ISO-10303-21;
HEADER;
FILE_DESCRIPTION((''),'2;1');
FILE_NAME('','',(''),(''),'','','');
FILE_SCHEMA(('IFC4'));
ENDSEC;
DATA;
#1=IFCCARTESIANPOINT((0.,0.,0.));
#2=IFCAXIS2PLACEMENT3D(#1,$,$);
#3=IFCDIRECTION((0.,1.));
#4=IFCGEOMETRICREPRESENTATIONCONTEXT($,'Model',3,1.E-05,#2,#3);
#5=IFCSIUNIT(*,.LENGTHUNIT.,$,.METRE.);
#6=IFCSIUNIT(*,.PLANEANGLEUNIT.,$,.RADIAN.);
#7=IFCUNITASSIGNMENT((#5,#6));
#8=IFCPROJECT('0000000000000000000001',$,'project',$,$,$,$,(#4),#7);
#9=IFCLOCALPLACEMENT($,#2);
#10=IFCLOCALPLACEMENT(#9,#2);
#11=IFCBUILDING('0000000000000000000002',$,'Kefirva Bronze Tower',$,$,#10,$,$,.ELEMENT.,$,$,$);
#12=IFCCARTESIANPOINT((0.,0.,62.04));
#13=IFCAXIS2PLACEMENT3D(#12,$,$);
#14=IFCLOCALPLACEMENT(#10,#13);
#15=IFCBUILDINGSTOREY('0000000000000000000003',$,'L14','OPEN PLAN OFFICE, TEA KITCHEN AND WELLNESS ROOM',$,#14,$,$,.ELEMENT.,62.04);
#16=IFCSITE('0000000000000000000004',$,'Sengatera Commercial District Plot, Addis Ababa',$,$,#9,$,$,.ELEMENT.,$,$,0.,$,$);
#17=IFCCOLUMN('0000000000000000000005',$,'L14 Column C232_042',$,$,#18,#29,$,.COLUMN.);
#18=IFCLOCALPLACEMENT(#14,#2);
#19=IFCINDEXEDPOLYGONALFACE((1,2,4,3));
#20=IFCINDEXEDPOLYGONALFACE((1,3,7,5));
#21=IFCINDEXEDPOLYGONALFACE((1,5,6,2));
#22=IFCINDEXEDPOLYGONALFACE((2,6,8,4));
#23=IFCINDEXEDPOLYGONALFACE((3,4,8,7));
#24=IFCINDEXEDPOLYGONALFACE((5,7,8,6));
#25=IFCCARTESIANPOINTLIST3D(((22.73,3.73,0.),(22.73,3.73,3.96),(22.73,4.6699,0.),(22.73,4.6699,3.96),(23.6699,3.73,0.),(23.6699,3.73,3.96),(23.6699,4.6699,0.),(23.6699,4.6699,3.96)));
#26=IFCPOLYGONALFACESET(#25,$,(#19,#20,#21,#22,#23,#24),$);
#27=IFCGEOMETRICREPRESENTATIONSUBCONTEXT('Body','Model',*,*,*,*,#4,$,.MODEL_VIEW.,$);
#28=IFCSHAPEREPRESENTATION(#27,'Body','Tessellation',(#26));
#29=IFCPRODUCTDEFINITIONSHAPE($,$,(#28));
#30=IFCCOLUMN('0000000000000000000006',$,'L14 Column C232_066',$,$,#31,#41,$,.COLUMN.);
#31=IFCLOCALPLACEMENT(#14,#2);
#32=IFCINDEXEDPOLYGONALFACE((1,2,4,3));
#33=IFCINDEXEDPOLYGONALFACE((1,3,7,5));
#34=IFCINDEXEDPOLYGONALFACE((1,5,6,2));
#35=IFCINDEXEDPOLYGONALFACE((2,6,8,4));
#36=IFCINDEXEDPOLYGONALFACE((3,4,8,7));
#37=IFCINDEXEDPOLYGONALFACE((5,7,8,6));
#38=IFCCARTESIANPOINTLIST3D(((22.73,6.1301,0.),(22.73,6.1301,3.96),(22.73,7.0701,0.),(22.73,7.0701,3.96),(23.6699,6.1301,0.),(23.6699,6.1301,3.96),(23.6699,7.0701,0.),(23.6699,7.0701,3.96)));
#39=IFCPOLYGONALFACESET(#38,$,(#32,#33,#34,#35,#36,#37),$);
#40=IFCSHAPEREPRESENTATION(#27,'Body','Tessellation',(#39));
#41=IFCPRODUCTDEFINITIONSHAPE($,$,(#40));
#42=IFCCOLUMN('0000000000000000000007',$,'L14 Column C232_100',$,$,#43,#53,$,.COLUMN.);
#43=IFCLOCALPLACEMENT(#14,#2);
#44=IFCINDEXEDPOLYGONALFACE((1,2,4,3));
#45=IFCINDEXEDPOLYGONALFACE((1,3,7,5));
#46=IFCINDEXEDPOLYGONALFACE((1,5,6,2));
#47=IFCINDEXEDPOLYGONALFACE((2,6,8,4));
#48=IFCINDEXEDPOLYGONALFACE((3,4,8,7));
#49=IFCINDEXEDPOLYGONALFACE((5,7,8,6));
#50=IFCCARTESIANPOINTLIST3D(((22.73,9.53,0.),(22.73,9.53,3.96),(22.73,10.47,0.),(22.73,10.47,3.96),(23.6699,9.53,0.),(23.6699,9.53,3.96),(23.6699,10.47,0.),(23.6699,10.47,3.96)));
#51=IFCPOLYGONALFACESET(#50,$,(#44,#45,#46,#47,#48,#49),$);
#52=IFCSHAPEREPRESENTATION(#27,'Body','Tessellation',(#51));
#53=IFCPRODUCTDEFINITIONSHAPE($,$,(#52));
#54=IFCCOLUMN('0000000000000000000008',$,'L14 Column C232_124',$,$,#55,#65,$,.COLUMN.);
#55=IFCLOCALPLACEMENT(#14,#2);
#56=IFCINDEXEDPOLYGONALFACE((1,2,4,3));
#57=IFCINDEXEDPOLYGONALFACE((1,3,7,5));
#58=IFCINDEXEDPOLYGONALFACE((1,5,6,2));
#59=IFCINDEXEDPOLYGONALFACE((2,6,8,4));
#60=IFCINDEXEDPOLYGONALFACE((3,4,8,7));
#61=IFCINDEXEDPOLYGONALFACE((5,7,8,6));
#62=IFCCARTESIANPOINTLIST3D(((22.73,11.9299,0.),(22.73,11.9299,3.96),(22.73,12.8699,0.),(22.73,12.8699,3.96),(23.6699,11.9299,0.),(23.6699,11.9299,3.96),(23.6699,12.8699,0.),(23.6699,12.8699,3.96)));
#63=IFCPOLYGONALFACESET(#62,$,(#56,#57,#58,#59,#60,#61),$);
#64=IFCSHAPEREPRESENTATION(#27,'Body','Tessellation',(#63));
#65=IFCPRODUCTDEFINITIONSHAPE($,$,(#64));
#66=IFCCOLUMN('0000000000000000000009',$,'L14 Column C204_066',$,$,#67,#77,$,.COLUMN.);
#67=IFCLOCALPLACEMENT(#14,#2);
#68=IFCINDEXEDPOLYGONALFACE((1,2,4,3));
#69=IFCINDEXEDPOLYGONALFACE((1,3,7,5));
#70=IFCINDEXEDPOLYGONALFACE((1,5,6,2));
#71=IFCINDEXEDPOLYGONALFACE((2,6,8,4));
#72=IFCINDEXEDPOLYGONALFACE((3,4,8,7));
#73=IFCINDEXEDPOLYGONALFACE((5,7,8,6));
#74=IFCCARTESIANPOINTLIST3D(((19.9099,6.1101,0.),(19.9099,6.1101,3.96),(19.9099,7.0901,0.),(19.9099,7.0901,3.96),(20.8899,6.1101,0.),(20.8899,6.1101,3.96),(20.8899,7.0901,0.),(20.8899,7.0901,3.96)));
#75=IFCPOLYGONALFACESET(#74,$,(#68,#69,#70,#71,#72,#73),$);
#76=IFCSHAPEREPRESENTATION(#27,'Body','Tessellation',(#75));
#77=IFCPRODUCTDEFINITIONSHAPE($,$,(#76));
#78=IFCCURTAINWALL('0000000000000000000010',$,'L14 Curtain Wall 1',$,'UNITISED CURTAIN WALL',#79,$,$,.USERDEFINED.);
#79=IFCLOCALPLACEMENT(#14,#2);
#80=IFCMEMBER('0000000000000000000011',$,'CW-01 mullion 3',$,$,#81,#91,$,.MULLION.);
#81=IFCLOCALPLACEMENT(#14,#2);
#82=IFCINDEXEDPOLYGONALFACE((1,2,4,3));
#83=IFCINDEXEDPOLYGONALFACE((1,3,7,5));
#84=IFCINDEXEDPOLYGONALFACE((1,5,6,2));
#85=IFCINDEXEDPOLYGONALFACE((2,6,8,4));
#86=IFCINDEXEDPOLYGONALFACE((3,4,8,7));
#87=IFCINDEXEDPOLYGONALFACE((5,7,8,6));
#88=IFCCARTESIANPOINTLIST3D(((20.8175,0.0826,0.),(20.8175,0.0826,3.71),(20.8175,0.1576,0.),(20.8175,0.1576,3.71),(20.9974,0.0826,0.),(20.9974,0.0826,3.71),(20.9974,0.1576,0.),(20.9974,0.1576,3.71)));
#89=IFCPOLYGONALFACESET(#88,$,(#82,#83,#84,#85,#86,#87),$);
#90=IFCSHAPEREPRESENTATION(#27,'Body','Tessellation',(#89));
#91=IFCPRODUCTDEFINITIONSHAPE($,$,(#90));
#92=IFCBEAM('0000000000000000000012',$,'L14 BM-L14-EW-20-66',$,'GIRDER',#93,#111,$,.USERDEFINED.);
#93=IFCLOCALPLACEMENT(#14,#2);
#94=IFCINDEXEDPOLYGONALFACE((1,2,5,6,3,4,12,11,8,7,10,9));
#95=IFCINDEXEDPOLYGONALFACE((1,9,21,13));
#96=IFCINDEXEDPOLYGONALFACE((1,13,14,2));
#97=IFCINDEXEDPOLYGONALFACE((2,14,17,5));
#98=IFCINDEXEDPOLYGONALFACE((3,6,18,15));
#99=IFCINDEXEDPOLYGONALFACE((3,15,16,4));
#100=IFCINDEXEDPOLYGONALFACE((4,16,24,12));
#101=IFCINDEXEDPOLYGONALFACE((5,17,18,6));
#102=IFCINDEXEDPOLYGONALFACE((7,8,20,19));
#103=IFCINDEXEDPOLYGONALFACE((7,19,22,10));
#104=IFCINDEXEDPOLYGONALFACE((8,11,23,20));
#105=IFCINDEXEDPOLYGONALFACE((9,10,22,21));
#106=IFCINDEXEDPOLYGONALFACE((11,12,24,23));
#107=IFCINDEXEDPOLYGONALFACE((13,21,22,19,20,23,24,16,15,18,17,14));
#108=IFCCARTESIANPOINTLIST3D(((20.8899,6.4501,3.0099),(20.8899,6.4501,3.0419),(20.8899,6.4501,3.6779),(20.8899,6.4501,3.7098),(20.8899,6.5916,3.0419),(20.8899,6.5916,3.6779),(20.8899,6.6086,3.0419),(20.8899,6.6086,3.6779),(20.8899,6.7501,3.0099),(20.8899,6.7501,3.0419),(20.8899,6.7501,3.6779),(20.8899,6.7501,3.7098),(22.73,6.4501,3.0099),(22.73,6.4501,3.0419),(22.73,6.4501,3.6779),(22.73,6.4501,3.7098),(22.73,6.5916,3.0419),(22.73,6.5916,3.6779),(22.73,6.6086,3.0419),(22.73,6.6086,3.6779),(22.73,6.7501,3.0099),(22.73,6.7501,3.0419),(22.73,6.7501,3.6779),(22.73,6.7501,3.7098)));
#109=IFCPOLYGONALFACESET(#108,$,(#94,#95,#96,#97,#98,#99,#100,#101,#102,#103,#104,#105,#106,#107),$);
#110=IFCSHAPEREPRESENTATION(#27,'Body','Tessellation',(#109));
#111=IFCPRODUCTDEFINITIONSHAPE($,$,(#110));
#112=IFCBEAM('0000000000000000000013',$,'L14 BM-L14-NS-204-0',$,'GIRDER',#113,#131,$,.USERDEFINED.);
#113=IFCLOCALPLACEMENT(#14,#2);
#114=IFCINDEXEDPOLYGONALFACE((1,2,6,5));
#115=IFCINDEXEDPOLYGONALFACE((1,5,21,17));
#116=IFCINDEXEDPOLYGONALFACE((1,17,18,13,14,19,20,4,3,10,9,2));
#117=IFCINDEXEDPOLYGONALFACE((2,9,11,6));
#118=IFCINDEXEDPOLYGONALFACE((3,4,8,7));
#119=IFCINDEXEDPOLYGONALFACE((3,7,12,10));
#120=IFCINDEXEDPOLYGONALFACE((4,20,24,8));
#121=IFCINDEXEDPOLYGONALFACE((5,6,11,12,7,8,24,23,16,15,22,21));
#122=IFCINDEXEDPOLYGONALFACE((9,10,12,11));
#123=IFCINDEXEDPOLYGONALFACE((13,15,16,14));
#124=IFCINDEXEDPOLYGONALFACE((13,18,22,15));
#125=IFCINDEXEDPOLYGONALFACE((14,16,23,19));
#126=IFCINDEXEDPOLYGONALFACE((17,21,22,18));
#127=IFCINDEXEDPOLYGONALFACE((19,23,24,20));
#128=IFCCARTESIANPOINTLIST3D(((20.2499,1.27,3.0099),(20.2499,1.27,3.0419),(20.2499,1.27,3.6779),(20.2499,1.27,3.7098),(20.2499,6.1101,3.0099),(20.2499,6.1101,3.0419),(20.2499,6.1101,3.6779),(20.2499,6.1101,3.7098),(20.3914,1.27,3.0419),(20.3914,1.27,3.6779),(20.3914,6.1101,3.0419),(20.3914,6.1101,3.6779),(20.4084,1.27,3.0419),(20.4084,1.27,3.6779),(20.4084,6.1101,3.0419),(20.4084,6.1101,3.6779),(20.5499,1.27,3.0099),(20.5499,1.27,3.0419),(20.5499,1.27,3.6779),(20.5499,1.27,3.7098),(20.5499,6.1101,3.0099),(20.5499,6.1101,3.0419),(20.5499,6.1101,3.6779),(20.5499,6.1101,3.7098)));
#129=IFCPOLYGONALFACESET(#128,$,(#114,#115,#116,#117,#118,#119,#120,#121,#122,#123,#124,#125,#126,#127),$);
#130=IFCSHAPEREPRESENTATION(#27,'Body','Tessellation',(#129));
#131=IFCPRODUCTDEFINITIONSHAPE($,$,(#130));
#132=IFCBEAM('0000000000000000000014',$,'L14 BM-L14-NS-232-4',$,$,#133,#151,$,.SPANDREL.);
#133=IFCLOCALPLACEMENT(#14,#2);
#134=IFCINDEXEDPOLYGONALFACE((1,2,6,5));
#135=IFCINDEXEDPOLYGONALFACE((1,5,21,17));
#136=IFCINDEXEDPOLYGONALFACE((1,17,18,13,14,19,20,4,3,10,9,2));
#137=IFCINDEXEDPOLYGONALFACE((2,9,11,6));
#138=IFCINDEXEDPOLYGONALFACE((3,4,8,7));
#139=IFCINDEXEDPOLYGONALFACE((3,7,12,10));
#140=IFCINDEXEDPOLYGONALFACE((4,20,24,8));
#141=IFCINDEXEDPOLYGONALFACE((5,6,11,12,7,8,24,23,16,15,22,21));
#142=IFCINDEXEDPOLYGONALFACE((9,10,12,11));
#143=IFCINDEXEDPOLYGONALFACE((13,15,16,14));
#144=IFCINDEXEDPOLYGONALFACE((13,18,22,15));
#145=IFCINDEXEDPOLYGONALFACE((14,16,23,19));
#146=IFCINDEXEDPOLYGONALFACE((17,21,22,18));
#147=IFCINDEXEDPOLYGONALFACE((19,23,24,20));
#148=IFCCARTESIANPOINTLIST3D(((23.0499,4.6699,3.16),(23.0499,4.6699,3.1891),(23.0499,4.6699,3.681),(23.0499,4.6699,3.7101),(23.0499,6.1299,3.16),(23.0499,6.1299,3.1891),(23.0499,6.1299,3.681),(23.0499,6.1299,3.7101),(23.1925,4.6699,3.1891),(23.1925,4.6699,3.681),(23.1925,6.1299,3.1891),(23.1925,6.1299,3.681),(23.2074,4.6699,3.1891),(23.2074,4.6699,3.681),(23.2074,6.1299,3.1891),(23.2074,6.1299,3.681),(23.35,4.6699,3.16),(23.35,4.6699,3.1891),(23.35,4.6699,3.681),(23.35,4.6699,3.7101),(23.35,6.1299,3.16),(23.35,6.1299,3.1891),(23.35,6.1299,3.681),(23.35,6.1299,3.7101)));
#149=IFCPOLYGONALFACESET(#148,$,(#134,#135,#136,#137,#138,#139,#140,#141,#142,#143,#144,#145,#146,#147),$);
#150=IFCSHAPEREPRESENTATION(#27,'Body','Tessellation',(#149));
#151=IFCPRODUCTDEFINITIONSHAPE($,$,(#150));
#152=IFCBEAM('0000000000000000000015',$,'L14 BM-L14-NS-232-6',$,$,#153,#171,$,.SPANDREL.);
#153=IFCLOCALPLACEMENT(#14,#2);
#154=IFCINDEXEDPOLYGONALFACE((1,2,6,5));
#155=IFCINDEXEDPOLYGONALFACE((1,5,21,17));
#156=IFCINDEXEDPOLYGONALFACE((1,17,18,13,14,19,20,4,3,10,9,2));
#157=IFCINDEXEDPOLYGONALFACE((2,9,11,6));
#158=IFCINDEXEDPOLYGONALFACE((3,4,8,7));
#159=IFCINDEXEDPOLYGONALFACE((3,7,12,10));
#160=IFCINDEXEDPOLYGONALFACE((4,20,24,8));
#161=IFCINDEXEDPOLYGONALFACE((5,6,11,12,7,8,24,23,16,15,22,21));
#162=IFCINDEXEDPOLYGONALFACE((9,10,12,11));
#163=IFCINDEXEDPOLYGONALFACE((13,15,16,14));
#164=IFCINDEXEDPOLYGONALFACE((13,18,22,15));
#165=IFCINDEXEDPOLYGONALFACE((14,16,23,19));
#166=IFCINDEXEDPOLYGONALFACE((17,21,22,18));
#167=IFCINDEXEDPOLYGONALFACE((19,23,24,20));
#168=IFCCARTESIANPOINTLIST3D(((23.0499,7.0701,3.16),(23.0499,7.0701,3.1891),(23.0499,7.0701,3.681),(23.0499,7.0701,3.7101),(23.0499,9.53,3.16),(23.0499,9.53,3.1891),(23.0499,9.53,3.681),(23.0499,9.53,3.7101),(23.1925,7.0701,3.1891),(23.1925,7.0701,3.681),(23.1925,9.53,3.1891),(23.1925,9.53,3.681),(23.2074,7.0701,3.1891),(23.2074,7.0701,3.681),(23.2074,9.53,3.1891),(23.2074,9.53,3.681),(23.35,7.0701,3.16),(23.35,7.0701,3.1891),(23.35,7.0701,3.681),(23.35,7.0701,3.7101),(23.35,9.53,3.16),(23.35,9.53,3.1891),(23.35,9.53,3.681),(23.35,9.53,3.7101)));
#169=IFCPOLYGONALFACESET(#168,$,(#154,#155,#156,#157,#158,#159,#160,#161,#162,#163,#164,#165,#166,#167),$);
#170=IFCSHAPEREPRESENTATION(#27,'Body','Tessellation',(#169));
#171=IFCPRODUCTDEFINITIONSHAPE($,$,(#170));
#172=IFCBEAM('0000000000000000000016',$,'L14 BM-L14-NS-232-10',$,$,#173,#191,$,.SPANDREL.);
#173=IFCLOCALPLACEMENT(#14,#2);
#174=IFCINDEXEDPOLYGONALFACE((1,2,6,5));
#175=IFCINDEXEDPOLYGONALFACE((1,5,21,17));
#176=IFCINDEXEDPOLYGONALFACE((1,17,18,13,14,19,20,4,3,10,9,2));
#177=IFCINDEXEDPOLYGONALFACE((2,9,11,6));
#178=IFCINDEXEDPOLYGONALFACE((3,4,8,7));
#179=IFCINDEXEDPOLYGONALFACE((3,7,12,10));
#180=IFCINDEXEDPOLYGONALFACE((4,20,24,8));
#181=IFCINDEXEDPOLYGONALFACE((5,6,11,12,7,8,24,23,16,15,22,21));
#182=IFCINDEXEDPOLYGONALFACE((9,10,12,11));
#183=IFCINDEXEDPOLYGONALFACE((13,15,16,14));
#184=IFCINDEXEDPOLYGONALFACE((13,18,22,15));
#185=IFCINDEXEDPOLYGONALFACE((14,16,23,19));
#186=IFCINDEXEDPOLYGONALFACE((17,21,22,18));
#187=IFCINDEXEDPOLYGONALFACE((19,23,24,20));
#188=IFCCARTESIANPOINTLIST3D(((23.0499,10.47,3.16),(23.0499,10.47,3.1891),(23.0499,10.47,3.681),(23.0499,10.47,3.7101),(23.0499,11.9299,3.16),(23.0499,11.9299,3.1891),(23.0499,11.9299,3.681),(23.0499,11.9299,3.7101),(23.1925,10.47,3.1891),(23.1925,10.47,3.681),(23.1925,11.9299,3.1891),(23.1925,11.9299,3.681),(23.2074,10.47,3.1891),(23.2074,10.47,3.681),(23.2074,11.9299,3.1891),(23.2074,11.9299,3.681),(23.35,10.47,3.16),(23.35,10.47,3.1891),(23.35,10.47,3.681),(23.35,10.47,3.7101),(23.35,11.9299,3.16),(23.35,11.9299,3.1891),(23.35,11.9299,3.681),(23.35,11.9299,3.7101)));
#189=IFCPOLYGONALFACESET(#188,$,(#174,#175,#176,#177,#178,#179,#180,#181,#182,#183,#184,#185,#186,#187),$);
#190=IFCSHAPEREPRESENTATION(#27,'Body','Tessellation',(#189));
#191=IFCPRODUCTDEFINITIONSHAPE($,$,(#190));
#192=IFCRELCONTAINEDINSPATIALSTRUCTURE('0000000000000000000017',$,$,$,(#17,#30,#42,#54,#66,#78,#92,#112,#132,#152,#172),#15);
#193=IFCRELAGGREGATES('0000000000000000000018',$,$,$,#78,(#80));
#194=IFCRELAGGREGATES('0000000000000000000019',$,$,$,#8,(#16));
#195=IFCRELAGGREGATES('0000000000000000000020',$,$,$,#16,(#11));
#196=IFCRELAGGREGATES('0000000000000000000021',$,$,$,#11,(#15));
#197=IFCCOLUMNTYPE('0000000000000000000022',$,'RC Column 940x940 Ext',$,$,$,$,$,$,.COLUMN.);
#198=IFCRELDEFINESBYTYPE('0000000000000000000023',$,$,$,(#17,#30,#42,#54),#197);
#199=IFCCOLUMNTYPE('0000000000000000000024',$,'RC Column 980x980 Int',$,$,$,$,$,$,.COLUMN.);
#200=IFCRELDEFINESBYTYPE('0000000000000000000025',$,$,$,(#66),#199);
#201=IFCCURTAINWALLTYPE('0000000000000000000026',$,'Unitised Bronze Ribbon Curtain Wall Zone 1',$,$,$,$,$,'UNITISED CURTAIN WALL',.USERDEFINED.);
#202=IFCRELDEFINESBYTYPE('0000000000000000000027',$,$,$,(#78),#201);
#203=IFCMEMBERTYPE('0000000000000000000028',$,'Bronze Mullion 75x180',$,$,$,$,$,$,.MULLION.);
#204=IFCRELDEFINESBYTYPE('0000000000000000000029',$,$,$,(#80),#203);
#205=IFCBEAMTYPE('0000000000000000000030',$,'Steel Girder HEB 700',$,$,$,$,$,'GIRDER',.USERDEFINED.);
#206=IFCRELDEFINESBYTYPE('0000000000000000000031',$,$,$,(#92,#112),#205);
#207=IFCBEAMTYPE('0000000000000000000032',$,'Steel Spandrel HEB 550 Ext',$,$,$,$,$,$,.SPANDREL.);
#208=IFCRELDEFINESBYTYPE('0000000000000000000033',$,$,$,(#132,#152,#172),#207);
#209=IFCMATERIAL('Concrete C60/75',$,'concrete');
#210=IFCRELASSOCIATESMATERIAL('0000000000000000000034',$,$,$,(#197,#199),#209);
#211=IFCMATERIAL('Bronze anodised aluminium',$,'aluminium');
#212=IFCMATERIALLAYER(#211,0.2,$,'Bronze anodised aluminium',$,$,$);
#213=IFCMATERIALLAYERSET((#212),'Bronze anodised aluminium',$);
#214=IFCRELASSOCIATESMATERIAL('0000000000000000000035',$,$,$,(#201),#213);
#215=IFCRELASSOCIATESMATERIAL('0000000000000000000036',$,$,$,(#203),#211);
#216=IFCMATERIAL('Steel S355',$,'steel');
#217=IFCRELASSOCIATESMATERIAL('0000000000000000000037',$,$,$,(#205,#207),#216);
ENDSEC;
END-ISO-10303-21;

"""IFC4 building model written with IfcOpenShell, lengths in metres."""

from ifc_helpers import new_model, si_unit, direction, frame, origin, origin_2d, place, context, subcontext, project, spatial, rectangle, i_section, extrude, material, layer, layer_set, material_profile, profile_set, type_object, element, aggregate, save


model = new_model("IFC4")

# Units and contexts
model_context = context("Model", 3, precision=1e-05, world=origin(), true_north=direction((0.0, 1.0)))
body_context = subcontext(model_context, "Body", "Model", "MODEL_VIEW")
ifc_project = project(units=[si_unit("LENGTHUNIT", "METRE"), si_unit("PLANEANGLEUNIT", "RADIAN")], contexts=[model_context])

# Site, building, storey
site_placement = place(None, origin())
site = spatial("IfcSite", under=ifc_project, at=site_placement, Name="Sengatera Commercial District Plot, Addis Ababa", CompositionType="ELEMENT", RefElevation=0.0)
building_placement = place(site_placement, origin())
building = spatial("IfcBuilding", under=site, at=building_placement, Name="Kefirva Bronze Tower", CompositionType="ELEMENT")
storey_placement = place(building_placement, frame((0.0, 0.0, 62.04)))
storey = spatial("IfcBuildingStorey", under=building, at=storey_placement, Name="L14", Description="OPEN PLAN OFFICE, TEA KITCHEN AND WELLNESS ROOM", CompositionType="ELEMENT", Elevation=62.04)

# Columns
ifc_material_1 = material(Name="Concrete C60/75", Category="concrete")
ifc_material_profile_1 = material_profile(ifc_material_1, rectangle(XDim=0.9399, YDim=0.9399, at=origin_2d()), Name="RC 940x940")
ifc_profile_set_1 = profile_set([ifc_material_profile_1], Name="Concrete C60/75")
column_type_1 = type_object("IfcColumnType", Name="RC Column 940x940 Ext", PredefinedType="COLUMN", material=ifc_profile_set_1)
for number, where, z_axis, x_axis, name in (
    (1, (23.2, 4.2, 0.0), (0.0, 0.0, 1.0), (1.0, 0.0, 0.0), "L14 Column C232_042"),
    (2, (23.2, 6.6001, 0.0), (0.0, 0.0, 1.0), (1.0, 0.0, 0.0), "L14 Column C232_066"),
    (3, (23.2, 10.0, 0.0), (0.0, 0.0, 1.0), (1.0, 0.0, 0.0), "L14 Column C232_100"),
    (4, (23.2, 12.3999, 0.0), (0.0, 0.0, 1.0), (1.0, 0.0, 0.0), "L14 Column C232_124"),
):
    element("IfcColumn", number, at=place(storey_placement, frame(where, z_axis=z_axis, x_axis=x_axis)), inside=storey, type_object=column_type_1, Name=name, PredefinedType="COLUMN", context=body_context, shape_type="SweptSolid", body=[
        extrude(rectangle(XDim=0.9399, YDim=0.9399, at=origin_2d()), origin(), (0.0, 0.0, 1.0), 3.96),
    ])
ifc_material_profile_2 = material_profile(ifc_material_1, rectangle(XDim=0.98, YDim=0.98, at=origin_2d()), Name="RC 980x980")
ifc_profile_set_2 = profile_set([ifc_material_profile_2], Name="Concrete C60/75")
column_type_2 = type_object("IfcColumnType", Name="RC Column 980x980 Int", PredefinedType="COLUMN", material=ifc_profile_set_2)
column_placement = place(storey_placement, frame((20.3999, 6.6001, 0.0), z_axis=(0.0, 0.0, 1.0), x_axis=(1.0, 0.0, 0.0)))
element("IfcColumn", 5, at=column_placement, inside=storey, type_object=column_type_2, Name="L14 Column C204_066", PredefinedType="COLUMN", context=body_context, shape_type="SweptSolid", body=[
    extrude(rectangle(XDim=0.98, YDim=0.98, at=origin_2d()), origin(), (0.0, 0.0, 1.0), 3.96),
])

# Curtain wall, member
ifc_material_2 = material(Name="Bronze anodised aluminium", Category="aluminium")
ifc_layer_1 = layer(ifc_material_2, 0.2, Name="Bronze anodised aluminium")
ifc_layer_set_1 = layer_set([ifc_layer_1], Name="Bronze anodised aluminium")
curtain_wall_type = type_object("IfcCurtainWallType", Name="Unitised Bronze Ribbon Curtain Wall Zone 1", ElementType="UNITISED CURTAIN WALL", PredefinedType="USERDEFINED", material=ifc_layer_set_1)
curtain_wall_placement = place(storey_placement, origin())
curtain_wall = element("IfcCurtainWall", 6, at=curtain_wall_placement, inside=storey, type_object=curtain_wall_type, Name="L14 Curtain Wall 1", ObjectType="UNITISED CURTAIN WALL", PredefinedType="USERDEFINED")
ifc_material_profile_3 = material_profile(ifc_material_2, rectangle(XDim=0.075, YDim=0.1799, at=origin_2d()), Name="ALU 75x180")
ifc_profile_set_3 = profile_set([ifc_material_profile_3], Name="Bronze anodised aluminium")
member_type = type_object("IfcMemberType", Name="Bronze Mullion 75x180", PredefinedType="MULLION", material=ifc_profile_set_3)
member_placement = place(storey_placement, frame((20.9075, 0.1201, 0.0), z_axis=(0.0, 0.0, 1.0), x_axis=(0.0, 1.0, 0.0)))
member = element("IfcMember", 7, at=member_placement, type_object=member_type, Name="CW-01 mullion 3", PredefinedType="MULLION", context=body_context, shape_type="SweptSolid", body=[
    extrude(rectangle(XDim=0.075, YDim=0.1799, at=origin_2d()), origin(), (0.0, 0.0, 1.0), 3.71),
])
aggregate(curtain_wall, [member])

# Beams
ifc_material_3 = material(Name="Steel S355", Category="steel")
ifc_material_profile_4 = material_profile(ifc_material_3, i_section(OverallWidth=0.3, OverallDepth=0.7, WebThickness=0.0171, FlangeThickness=0.032, at=origin_2d()), Name="HEB 700")
ifc_profile_set_4 = profile_set([ifc_material_profile_4], Name="Steel S355")
beam_type_1 = type_object("IfcBeamType", Name="Steel Girder HEB 700", ElementType="GIRDER", PredefinedType="USERDEFINED", material=ifc_profile_set_4)
beam_1_placement = place(storey_placement, frame((20.8899, 6.6001, 3.3599), z_axis=(1.0, 0.0, 0.0), x_axis=(0.0, 1.0, 0.0)))
element("IfcBeam", 8, at=beam_1_placement, inside=storey, type_object=beam_type_1, Name="L14 BM-L14-EW-20-66", ObjectType="GIRDER", PredefinedType="USERDEFINED", context=body_context, shape_type="SweptSolid", body=[
    extrude(i_section(OverallWidth=0.3, OverallDepth=0.7, WebThickness=0.0171, FlangeThickness=0.032, at=origin_2d()), origin(), (0.0, 0.0, 1.0), 1.8401),
])
beam_2_placement = place(storey_placement, frame((20.3999, 1.27, 3.3599), z_axis=(0.0, 1.0, 0.0), x_axis=(-1.0, 0.0, 0.0)))
element("IfcBeam", 9, at=beam_2_placement, inside=storey, type_object=beam_type_1, Name="L14 BM-L14-NS-204-0", ObjectType="GIRDER", PredefinedType="USERDEFINED", context=body_context, shape_type="SweptSolid", body=[
    extrude(i_section(OverallWidth=0.3, OverallDepth=0.7, WebThickness=0.0171, FlangeThickness=0.032, at=origin_2d()), origin(), (0.0, 0.0, 1.0), 4.8401),
])
ifc_material_profile_5 = material_profile(ifc_material_3, i_section(OverallWidth=0.3, OverallDepth=0.55, WebThickness=0.0149, FlangeThickness=0.0291, at=origin_2d()), Name="HEB 550")
ifc_profile_set_5 = profile_set([ifc_material_profile_5], Name="Steel S355")
beam_type_2 = type_object("IfcBeamType", Name="Steel Spandrel HEB 550 Ext", PredefinedType="SPANDREL", material=ifc_profile_set_5)
beam_3_placement = place(storey_placement, frame((23.2, 4.6699, 3.4351), z_axis=(0.0, 1.0, 0.0), x_axis=(-1.0, 0.0, 0.0)))
element("IfcBeam", 10, at=beam_3_placement, inside=storey, type_object=beam_type_2, Name="L14 BM-L14-NS-232-4", PredefinedType="SPANDREL", context=body_context, shape_type="SweptSolid", body=[
    extrude(i_section(OverallWidth=0.3, OverallDepth=0.55, WebThickness=0.0149, FlangeThickness=0.0291, at=origin_2d()), origin(), (0.0, 0.0, 1.0), 1.46),
])
beam_4_placement = place(storey_placement, frame((23.2, 7.0701, 3.4351), z_axis=(0.0, 1.0, 0.0), x_axis=(-1.0, 0.0, 0.0)))
element("IfcBeam", 11, at=beam_4_placement, inside=storey, type_object=beam_type_2, Name="L14 BM-L14-NS-232-6", PredefinedType="SPANDREL", context=body_context, shape_type="SweptSolid", body=[
    extrude(i_section(OverallWidth=0.3, OverallDepth=0.55, WebThickness=0.0149, FlangeThickness=0.0291, at=origin_2d()), origin(), (0.0, 0.0, 1.0), 2.46),
])
beam_5_placement = place(storey_placement, frame((23.2, 10.47, 3.4351), z_axis=(0.0, 1.0, 0.0), x_axis=(-1.0, 0.0, 0.0)))
element("IfcBeam", 12, at=beam_5_placement, inside=storey, type_object=beam_type_2, Name="L14 BM-L14-NS-232-10", PredefinedType="SPANDREL", context=body_context, shape_type="SweptSolid", body=[
    extrude(i_section(OverallWidth=0.3, OverallDepth=0.55, WebThickness=0.0149, FlangeThickness=0.0291, at=origin_2d()), origin(), (0.0, 0.0, 1.0), 1.46),
])

save(model, "model.ifc")
